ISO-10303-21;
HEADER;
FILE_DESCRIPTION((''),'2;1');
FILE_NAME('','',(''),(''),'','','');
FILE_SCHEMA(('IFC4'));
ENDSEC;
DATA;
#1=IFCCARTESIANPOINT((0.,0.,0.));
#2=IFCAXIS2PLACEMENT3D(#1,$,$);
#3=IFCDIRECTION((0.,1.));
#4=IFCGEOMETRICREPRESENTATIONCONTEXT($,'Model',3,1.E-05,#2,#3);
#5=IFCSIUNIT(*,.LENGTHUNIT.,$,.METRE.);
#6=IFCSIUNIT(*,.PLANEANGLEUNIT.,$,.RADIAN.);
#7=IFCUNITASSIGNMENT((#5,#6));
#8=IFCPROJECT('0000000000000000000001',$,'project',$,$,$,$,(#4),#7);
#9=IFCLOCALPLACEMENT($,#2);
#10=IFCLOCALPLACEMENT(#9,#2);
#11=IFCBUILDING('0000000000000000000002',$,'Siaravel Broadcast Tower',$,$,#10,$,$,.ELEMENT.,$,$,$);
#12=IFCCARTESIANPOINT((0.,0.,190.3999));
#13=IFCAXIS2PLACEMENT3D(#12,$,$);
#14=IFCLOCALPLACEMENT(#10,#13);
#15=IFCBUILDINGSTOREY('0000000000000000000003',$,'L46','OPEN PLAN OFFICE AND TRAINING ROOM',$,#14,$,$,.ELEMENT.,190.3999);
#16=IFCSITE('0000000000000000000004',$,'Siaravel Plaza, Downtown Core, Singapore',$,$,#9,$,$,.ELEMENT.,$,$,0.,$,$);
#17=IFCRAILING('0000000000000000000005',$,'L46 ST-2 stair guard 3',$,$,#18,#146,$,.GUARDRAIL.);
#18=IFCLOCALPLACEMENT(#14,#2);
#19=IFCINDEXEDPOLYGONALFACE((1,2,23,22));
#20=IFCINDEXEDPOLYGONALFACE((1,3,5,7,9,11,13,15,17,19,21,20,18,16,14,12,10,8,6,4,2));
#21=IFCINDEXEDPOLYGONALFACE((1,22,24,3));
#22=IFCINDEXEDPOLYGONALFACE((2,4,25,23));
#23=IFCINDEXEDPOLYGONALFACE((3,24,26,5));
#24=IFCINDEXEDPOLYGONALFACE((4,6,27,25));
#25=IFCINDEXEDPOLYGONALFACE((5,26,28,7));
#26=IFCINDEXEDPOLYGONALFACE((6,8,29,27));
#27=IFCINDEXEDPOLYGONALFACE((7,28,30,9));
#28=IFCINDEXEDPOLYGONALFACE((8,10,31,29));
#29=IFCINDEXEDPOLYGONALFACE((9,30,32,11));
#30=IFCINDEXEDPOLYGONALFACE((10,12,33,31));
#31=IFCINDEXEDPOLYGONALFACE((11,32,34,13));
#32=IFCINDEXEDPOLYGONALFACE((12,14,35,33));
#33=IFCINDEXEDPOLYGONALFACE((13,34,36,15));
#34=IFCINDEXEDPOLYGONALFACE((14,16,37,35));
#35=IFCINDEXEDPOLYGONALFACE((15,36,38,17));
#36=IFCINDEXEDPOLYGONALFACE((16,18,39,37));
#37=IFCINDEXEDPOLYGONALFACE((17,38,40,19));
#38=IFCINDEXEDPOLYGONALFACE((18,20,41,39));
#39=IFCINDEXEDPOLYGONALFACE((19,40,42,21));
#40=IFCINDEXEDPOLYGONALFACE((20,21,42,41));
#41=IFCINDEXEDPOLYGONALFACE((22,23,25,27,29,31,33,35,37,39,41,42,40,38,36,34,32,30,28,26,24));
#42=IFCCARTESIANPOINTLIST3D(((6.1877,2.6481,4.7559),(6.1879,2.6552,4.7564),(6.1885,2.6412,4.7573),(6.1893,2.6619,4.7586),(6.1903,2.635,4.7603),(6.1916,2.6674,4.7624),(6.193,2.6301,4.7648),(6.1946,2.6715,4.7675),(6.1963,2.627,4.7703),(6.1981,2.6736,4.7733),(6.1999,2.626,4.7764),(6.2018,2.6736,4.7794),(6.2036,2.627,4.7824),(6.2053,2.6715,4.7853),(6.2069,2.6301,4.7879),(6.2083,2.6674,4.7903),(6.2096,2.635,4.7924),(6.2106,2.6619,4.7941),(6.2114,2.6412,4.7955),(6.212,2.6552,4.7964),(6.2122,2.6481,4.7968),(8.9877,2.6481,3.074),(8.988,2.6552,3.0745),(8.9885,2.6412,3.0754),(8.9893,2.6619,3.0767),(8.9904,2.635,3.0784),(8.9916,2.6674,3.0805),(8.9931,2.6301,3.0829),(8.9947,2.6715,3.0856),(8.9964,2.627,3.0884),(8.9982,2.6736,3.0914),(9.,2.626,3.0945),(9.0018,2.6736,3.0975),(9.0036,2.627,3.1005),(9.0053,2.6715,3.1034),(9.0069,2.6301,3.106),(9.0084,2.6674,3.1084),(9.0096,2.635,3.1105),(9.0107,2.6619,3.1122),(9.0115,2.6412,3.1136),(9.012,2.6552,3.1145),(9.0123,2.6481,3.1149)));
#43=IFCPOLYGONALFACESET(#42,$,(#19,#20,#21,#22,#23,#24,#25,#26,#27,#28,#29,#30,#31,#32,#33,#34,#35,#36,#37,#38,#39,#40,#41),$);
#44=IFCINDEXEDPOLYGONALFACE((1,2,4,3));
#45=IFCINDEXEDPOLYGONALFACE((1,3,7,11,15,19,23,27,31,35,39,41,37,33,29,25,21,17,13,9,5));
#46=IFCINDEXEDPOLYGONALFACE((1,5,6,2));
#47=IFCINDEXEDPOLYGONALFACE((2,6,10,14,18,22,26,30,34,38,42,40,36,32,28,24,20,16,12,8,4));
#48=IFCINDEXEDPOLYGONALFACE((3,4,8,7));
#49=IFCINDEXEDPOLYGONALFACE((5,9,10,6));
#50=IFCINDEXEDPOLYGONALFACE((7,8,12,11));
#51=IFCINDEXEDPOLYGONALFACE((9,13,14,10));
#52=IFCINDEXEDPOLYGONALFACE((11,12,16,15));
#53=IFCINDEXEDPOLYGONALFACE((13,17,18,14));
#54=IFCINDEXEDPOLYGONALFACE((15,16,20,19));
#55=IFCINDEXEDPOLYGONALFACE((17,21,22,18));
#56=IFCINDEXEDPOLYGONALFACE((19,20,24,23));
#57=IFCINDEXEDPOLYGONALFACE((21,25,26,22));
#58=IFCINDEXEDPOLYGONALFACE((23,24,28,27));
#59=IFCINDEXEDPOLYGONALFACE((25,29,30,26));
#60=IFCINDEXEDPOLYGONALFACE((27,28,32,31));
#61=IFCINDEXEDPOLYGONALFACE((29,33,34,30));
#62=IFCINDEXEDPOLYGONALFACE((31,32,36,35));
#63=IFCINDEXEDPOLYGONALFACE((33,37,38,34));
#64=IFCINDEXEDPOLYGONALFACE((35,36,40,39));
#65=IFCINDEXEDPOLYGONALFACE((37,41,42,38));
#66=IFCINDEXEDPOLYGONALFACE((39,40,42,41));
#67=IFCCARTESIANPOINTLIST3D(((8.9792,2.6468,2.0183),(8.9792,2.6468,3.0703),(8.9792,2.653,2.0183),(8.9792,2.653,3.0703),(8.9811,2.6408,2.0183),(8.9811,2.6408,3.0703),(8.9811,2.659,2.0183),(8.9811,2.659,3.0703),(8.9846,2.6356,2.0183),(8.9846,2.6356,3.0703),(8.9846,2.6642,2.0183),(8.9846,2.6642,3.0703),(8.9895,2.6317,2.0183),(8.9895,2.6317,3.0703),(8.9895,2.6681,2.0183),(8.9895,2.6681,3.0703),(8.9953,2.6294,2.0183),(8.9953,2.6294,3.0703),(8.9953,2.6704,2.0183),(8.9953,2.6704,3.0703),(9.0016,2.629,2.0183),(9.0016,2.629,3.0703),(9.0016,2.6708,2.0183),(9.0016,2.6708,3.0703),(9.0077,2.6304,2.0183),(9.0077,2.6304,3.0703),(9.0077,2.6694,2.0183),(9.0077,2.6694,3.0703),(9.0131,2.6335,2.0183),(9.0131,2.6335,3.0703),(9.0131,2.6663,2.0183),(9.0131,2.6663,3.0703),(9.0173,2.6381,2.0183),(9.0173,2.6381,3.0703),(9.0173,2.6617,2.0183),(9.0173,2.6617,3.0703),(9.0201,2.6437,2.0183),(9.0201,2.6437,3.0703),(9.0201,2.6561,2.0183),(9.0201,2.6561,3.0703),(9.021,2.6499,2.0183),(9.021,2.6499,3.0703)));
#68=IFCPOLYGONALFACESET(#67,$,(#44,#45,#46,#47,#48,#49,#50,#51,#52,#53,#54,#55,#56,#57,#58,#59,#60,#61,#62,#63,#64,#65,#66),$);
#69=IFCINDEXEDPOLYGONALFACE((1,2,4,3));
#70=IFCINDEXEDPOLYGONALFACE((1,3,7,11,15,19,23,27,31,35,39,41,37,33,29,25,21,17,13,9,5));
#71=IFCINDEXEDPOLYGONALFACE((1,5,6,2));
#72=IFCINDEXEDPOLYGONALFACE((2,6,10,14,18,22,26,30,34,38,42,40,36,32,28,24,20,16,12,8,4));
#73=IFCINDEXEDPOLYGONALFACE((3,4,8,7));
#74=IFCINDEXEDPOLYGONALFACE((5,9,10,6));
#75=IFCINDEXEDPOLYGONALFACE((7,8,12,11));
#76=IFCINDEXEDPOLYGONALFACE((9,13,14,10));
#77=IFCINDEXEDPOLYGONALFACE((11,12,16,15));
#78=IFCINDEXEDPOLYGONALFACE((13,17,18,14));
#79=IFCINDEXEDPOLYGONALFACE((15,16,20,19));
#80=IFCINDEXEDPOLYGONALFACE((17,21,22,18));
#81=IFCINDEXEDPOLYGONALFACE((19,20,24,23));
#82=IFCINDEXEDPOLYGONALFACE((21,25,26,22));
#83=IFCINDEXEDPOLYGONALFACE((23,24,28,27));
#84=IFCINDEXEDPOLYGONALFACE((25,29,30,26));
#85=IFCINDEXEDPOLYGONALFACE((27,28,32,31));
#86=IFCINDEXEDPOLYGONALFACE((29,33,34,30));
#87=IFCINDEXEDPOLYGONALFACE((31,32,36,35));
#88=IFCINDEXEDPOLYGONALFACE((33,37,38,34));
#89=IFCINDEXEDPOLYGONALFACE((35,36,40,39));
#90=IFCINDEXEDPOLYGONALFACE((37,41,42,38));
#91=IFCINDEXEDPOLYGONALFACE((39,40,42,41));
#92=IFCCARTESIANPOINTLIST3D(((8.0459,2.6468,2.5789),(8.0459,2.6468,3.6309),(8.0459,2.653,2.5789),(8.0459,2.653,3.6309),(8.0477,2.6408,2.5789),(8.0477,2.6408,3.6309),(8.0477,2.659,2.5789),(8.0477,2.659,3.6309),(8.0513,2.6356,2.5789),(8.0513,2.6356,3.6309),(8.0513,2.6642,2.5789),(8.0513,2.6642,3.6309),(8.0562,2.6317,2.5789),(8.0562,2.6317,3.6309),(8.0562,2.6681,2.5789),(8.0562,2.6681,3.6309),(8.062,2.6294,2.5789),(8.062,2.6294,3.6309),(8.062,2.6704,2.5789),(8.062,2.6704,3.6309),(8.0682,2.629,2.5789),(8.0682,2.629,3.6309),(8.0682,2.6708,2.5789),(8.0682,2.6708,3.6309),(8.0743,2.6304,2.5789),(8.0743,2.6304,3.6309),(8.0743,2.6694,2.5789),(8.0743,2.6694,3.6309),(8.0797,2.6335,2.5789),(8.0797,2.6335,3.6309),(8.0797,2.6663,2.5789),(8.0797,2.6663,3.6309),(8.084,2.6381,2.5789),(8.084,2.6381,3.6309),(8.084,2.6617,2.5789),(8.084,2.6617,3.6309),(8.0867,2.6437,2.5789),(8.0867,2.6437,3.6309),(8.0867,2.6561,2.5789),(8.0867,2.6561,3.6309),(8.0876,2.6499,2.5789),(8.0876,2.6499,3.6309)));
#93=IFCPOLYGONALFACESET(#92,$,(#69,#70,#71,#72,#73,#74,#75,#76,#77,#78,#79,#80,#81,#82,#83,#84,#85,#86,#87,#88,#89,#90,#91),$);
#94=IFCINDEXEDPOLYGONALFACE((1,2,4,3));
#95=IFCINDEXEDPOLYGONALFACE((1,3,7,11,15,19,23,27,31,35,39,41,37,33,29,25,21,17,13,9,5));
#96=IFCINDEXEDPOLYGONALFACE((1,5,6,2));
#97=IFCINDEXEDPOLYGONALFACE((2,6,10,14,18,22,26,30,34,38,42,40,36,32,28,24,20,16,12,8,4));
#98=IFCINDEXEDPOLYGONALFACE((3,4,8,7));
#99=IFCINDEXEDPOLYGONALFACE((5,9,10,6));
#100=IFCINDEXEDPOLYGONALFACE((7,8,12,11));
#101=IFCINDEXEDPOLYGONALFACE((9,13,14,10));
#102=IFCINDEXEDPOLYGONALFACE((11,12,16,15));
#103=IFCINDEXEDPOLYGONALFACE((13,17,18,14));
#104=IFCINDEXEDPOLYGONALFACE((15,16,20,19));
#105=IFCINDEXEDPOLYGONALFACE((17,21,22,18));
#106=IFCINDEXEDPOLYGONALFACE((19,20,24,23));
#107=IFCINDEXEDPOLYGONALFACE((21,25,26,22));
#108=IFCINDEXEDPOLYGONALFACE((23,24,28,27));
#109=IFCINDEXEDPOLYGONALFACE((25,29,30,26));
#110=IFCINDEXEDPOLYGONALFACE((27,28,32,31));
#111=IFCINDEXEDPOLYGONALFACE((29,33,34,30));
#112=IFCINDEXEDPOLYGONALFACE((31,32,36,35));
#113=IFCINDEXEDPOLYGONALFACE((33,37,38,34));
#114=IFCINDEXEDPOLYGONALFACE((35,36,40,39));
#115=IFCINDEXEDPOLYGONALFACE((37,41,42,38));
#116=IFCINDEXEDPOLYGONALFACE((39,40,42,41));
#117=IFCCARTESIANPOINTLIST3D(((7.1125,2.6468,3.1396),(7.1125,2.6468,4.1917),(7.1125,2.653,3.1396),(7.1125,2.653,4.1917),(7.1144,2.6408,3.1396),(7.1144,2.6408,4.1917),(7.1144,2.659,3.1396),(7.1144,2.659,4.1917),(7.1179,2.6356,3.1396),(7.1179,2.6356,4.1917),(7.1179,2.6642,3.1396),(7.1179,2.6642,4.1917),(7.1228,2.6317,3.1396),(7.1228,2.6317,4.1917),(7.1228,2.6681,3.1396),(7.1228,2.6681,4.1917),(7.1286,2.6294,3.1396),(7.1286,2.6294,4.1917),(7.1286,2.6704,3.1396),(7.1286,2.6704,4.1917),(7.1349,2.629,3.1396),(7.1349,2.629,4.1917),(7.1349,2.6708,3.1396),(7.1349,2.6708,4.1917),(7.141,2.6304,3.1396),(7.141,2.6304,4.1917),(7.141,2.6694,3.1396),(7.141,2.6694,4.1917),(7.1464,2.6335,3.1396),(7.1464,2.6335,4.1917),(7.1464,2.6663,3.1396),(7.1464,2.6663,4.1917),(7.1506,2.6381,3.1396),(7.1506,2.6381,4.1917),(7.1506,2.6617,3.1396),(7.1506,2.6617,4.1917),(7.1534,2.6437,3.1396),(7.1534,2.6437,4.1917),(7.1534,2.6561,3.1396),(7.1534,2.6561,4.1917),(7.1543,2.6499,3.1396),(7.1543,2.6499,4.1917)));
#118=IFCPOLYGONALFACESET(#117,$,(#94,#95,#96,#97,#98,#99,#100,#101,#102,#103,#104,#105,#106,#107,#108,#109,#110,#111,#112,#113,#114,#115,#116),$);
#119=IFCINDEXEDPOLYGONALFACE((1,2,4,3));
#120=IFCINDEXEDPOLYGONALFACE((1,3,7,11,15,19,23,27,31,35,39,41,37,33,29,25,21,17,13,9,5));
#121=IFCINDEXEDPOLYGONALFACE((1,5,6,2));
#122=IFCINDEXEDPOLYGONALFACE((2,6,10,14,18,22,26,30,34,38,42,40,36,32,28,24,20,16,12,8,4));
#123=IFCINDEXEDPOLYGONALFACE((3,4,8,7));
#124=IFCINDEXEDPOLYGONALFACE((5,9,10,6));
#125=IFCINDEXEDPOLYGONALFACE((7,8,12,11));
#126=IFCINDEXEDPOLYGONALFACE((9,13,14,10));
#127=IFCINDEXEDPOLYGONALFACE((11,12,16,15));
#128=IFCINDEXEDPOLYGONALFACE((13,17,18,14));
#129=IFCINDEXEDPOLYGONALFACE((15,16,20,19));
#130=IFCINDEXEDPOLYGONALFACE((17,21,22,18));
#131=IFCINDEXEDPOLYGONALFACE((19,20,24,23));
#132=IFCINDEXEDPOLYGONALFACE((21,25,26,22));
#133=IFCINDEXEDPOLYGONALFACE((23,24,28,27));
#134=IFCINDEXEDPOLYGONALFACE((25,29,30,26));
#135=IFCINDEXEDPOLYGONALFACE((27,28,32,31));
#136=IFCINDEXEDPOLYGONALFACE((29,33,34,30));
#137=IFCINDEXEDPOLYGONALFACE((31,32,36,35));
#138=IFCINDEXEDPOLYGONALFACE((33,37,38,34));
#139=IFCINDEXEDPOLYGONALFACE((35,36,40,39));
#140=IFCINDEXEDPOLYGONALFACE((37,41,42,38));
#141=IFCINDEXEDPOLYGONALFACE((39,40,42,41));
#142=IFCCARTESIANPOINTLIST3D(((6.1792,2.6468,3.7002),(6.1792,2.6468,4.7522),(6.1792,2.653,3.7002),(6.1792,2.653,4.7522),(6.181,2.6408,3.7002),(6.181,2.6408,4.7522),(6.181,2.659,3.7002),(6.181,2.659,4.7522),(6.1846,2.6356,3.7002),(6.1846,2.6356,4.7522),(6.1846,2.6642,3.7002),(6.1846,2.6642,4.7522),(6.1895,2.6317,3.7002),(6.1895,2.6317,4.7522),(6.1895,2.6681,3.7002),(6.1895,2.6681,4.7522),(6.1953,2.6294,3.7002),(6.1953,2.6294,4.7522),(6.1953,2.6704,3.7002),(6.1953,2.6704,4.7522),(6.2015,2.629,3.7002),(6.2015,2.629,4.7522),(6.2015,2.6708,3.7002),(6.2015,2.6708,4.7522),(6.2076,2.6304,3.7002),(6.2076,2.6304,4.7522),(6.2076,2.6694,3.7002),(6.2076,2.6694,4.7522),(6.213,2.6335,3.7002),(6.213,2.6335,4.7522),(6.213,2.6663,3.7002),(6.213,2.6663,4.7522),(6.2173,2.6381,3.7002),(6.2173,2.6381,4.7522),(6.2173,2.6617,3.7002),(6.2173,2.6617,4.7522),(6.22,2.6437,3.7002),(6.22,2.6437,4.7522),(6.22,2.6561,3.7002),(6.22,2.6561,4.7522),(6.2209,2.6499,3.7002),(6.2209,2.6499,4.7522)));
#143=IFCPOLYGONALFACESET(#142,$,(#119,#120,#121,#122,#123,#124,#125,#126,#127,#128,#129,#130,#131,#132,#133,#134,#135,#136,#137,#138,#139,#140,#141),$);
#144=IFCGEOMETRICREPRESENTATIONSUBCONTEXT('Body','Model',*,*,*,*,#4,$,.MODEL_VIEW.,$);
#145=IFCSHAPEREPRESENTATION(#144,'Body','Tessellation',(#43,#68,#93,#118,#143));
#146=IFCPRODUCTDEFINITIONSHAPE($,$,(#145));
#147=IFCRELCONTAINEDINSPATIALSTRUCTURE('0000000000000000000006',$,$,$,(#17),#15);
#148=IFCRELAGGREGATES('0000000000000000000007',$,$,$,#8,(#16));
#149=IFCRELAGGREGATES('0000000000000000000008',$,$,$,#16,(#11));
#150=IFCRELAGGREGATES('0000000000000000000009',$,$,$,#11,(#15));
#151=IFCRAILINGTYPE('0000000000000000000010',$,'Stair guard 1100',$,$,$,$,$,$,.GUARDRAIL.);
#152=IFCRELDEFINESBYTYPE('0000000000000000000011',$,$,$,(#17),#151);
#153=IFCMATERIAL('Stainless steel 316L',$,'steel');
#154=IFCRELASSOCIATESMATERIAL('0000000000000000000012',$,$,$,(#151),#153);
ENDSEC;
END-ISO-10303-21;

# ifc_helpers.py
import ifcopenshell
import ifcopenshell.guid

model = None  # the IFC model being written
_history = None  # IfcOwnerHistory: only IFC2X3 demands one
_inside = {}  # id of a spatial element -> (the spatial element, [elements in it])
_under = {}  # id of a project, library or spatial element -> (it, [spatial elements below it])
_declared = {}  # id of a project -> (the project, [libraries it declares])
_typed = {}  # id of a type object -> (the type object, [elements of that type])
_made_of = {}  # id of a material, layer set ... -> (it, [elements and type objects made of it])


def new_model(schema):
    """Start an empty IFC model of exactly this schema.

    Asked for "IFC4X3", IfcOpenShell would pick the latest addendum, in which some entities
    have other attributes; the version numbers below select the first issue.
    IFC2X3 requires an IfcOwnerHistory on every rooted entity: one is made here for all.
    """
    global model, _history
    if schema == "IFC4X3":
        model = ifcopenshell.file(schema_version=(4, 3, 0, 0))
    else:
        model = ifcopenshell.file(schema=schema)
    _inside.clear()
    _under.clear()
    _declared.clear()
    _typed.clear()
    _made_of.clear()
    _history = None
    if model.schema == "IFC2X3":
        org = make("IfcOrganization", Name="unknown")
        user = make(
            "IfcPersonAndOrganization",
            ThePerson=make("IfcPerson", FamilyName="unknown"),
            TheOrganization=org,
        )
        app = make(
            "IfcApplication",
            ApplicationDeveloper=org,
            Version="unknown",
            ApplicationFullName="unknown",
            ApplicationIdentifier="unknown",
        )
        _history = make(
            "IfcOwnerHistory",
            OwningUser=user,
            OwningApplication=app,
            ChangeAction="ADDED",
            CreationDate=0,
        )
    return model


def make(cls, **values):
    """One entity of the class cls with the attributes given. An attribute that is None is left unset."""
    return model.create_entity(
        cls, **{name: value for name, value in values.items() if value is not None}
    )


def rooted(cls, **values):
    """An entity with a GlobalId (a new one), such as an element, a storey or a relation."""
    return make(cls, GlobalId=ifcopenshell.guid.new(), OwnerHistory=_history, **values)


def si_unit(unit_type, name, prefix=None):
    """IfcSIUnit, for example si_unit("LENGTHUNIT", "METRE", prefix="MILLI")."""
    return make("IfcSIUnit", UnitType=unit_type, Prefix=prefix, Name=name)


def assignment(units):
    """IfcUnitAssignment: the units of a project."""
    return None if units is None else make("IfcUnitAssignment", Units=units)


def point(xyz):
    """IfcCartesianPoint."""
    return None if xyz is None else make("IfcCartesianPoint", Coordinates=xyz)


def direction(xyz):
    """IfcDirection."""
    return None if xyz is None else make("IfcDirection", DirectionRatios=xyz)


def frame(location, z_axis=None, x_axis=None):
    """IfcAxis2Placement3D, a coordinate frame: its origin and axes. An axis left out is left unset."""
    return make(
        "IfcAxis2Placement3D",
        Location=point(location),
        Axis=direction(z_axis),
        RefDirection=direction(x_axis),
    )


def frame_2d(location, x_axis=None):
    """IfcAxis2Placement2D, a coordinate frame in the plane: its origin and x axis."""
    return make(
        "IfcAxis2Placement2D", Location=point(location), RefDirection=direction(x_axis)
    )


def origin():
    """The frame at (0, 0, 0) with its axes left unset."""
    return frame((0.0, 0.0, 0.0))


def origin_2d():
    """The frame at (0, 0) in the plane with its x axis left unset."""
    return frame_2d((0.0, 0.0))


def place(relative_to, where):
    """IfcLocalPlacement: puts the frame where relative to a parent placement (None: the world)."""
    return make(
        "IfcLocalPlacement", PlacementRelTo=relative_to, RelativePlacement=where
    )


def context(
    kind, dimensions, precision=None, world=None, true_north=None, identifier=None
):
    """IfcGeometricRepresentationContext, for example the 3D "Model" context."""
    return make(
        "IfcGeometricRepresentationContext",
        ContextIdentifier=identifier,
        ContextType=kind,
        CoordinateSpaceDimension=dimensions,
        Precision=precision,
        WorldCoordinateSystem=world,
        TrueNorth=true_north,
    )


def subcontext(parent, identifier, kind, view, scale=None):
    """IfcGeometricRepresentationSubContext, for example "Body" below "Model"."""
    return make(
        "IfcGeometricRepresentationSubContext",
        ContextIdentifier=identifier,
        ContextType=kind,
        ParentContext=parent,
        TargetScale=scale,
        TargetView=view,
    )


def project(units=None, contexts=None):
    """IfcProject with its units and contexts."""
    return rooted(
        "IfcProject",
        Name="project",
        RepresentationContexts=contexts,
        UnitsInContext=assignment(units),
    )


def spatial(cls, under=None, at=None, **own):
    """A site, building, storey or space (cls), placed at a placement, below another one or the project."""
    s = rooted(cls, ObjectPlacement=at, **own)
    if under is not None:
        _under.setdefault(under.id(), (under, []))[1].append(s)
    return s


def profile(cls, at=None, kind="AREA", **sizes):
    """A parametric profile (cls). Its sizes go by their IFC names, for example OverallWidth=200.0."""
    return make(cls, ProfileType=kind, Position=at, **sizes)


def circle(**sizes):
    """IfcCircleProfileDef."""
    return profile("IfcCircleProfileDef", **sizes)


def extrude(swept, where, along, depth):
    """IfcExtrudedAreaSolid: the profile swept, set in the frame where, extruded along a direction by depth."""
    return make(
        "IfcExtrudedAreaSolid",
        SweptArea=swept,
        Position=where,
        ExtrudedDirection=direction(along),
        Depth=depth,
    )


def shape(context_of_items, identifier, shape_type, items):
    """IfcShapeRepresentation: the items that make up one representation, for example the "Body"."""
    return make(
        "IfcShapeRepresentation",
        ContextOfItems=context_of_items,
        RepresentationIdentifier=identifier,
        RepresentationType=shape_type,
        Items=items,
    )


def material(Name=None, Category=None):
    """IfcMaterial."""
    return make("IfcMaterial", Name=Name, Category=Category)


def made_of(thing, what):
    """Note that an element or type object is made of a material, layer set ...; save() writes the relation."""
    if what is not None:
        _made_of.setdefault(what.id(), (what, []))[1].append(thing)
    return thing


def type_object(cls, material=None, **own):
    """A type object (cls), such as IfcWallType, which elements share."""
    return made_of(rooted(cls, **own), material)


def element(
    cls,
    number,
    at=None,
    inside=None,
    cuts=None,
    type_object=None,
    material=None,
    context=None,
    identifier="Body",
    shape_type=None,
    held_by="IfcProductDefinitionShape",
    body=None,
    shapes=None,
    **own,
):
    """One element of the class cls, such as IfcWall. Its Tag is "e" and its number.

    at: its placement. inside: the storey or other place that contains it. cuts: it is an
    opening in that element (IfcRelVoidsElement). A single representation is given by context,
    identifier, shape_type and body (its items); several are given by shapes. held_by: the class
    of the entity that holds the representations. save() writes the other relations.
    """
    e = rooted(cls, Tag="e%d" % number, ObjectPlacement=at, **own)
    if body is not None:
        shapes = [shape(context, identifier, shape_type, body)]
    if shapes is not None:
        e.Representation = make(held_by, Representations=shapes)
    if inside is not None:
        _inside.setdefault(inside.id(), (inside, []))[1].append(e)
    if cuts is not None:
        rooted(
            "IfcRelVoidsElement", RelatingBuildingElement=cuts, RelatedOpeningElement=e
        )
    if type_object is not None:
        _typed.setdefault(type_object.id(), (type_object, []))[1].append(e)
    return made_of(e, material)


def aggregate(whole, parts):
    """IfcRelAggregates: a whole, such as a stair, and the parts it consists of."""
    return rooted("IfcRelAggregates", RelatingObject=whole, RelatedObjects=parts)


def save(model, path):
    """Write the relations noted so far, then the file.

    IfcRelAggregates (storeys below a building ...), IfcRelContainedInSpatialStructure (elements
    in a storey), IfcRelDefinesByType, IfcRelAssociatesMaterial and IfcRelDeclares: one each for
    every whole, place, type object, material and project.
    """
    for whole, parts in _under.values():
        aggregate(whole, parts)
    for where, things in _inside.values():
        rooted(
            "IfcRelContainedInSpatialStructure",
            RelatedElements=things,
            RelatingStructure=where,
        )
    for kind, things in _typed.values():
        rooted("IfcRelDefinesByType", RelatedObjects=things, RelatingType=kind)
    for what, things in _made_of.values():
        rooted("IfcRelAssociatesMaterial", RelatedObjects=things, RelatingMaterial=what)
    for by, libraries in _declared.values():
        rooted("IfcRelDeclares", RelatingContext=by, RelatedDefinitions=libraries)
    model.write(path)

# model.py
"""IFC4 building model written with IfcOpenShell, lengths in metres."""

from ifc_helpers import new_model, si_unit, direction, frame, origin, origin_2d, place, context, subcontext, project, spatial, circle, extrude, material, type_object, element, save


model = new_model("IFC4")

# Units and contexts
model_context = context("Model", 3, precision=1e-05, world=origin(), true_north=direction((0.0, 1.0)))
body_context = subcontext(model_context, "Body", "Model", "MODEL_VIEW")
ifc_project = project(units=[si_unit("LENGTHUNIT", "METRE"), si_unit("PLANEANGLEUNIT", "RADIAN")], contexts=[model_context])

# Site, building, storey
site_placement = place(None, origin())
site = spatial("IfcSite", under=ifc_project, at=site_placement, Name="Siaravel Plaza, Downtown Core, Singapore", CompositionType="ELEMENT", RefElevation=0.0)
building_placement = place(site_placement, origin())
building = spatial("IfcBuilding", under=site, at=building_placement, Name="Siaravel Broadcast Tower", CompositionType="ELEMENT")
storey_placement = place(building_placement, frame((0.0, 0.0, 190.3999)))
storey = spatial("IfcBuildingStorey", under=building, at=storey_placement, Name="L46", Description="OPEN PLAN OFFICE AND TRAINING ROOM", CompositionType="ELEMENT", Elevation=190.3999)

# Railing
ifc_material_1 = material(Name="Stainless steel 316L", Category="steel")
railing_type_1 = type_object("IfcRailingType", Name="Stair guard 1100", PredefinedType="GUARDRAIL", material=ifc_material_1)
railing_1_placement = place(storey_placement, frame((9.0, 2.6499, 2.0183)))
element("IfcRailing", 1, at=railing_1_placement, inside=storey, type_object=railing_type_1, Name="L46 ST-2 stair guard 3", PredefinedType="GUARDRAIL", context=body_context, shape_type="SweptSolid", body=[
    extrude(circle(Radius=0.0239, at=origin_2d()), frame((0.0, 0.0, 1.0762), z_axis=(-0.857242, 0.0, 0.514913), x_axis=(0.0, -1.0, 0.0)), (0.0, 0.0, 1.0), 3.2664),
    extrude(circle(Radius=0.021, at=origin_2d()), origin(), (0.0, 0.0, 1.0), 1.052),
    extrude(circle(Radius=0.021, at=origin_2d()), frame((-0.9333, 0.0, 0.5605)), (0.0, 0.0, 1.0), 1.052),
    extrude(circle(Radius=0.021, at=origin_2d()), frame((-1.8667, 0.0, 1.1213)), (0.0, 0.0, 1.0), 1.052),
    extrude(circle(Radius=0.021, at=origin_2d()), frame((-2.8, 0.0, 1.6819)), (0.0, 0.0, 1.0), 1.052),
])

save(model, "model.ifc")
